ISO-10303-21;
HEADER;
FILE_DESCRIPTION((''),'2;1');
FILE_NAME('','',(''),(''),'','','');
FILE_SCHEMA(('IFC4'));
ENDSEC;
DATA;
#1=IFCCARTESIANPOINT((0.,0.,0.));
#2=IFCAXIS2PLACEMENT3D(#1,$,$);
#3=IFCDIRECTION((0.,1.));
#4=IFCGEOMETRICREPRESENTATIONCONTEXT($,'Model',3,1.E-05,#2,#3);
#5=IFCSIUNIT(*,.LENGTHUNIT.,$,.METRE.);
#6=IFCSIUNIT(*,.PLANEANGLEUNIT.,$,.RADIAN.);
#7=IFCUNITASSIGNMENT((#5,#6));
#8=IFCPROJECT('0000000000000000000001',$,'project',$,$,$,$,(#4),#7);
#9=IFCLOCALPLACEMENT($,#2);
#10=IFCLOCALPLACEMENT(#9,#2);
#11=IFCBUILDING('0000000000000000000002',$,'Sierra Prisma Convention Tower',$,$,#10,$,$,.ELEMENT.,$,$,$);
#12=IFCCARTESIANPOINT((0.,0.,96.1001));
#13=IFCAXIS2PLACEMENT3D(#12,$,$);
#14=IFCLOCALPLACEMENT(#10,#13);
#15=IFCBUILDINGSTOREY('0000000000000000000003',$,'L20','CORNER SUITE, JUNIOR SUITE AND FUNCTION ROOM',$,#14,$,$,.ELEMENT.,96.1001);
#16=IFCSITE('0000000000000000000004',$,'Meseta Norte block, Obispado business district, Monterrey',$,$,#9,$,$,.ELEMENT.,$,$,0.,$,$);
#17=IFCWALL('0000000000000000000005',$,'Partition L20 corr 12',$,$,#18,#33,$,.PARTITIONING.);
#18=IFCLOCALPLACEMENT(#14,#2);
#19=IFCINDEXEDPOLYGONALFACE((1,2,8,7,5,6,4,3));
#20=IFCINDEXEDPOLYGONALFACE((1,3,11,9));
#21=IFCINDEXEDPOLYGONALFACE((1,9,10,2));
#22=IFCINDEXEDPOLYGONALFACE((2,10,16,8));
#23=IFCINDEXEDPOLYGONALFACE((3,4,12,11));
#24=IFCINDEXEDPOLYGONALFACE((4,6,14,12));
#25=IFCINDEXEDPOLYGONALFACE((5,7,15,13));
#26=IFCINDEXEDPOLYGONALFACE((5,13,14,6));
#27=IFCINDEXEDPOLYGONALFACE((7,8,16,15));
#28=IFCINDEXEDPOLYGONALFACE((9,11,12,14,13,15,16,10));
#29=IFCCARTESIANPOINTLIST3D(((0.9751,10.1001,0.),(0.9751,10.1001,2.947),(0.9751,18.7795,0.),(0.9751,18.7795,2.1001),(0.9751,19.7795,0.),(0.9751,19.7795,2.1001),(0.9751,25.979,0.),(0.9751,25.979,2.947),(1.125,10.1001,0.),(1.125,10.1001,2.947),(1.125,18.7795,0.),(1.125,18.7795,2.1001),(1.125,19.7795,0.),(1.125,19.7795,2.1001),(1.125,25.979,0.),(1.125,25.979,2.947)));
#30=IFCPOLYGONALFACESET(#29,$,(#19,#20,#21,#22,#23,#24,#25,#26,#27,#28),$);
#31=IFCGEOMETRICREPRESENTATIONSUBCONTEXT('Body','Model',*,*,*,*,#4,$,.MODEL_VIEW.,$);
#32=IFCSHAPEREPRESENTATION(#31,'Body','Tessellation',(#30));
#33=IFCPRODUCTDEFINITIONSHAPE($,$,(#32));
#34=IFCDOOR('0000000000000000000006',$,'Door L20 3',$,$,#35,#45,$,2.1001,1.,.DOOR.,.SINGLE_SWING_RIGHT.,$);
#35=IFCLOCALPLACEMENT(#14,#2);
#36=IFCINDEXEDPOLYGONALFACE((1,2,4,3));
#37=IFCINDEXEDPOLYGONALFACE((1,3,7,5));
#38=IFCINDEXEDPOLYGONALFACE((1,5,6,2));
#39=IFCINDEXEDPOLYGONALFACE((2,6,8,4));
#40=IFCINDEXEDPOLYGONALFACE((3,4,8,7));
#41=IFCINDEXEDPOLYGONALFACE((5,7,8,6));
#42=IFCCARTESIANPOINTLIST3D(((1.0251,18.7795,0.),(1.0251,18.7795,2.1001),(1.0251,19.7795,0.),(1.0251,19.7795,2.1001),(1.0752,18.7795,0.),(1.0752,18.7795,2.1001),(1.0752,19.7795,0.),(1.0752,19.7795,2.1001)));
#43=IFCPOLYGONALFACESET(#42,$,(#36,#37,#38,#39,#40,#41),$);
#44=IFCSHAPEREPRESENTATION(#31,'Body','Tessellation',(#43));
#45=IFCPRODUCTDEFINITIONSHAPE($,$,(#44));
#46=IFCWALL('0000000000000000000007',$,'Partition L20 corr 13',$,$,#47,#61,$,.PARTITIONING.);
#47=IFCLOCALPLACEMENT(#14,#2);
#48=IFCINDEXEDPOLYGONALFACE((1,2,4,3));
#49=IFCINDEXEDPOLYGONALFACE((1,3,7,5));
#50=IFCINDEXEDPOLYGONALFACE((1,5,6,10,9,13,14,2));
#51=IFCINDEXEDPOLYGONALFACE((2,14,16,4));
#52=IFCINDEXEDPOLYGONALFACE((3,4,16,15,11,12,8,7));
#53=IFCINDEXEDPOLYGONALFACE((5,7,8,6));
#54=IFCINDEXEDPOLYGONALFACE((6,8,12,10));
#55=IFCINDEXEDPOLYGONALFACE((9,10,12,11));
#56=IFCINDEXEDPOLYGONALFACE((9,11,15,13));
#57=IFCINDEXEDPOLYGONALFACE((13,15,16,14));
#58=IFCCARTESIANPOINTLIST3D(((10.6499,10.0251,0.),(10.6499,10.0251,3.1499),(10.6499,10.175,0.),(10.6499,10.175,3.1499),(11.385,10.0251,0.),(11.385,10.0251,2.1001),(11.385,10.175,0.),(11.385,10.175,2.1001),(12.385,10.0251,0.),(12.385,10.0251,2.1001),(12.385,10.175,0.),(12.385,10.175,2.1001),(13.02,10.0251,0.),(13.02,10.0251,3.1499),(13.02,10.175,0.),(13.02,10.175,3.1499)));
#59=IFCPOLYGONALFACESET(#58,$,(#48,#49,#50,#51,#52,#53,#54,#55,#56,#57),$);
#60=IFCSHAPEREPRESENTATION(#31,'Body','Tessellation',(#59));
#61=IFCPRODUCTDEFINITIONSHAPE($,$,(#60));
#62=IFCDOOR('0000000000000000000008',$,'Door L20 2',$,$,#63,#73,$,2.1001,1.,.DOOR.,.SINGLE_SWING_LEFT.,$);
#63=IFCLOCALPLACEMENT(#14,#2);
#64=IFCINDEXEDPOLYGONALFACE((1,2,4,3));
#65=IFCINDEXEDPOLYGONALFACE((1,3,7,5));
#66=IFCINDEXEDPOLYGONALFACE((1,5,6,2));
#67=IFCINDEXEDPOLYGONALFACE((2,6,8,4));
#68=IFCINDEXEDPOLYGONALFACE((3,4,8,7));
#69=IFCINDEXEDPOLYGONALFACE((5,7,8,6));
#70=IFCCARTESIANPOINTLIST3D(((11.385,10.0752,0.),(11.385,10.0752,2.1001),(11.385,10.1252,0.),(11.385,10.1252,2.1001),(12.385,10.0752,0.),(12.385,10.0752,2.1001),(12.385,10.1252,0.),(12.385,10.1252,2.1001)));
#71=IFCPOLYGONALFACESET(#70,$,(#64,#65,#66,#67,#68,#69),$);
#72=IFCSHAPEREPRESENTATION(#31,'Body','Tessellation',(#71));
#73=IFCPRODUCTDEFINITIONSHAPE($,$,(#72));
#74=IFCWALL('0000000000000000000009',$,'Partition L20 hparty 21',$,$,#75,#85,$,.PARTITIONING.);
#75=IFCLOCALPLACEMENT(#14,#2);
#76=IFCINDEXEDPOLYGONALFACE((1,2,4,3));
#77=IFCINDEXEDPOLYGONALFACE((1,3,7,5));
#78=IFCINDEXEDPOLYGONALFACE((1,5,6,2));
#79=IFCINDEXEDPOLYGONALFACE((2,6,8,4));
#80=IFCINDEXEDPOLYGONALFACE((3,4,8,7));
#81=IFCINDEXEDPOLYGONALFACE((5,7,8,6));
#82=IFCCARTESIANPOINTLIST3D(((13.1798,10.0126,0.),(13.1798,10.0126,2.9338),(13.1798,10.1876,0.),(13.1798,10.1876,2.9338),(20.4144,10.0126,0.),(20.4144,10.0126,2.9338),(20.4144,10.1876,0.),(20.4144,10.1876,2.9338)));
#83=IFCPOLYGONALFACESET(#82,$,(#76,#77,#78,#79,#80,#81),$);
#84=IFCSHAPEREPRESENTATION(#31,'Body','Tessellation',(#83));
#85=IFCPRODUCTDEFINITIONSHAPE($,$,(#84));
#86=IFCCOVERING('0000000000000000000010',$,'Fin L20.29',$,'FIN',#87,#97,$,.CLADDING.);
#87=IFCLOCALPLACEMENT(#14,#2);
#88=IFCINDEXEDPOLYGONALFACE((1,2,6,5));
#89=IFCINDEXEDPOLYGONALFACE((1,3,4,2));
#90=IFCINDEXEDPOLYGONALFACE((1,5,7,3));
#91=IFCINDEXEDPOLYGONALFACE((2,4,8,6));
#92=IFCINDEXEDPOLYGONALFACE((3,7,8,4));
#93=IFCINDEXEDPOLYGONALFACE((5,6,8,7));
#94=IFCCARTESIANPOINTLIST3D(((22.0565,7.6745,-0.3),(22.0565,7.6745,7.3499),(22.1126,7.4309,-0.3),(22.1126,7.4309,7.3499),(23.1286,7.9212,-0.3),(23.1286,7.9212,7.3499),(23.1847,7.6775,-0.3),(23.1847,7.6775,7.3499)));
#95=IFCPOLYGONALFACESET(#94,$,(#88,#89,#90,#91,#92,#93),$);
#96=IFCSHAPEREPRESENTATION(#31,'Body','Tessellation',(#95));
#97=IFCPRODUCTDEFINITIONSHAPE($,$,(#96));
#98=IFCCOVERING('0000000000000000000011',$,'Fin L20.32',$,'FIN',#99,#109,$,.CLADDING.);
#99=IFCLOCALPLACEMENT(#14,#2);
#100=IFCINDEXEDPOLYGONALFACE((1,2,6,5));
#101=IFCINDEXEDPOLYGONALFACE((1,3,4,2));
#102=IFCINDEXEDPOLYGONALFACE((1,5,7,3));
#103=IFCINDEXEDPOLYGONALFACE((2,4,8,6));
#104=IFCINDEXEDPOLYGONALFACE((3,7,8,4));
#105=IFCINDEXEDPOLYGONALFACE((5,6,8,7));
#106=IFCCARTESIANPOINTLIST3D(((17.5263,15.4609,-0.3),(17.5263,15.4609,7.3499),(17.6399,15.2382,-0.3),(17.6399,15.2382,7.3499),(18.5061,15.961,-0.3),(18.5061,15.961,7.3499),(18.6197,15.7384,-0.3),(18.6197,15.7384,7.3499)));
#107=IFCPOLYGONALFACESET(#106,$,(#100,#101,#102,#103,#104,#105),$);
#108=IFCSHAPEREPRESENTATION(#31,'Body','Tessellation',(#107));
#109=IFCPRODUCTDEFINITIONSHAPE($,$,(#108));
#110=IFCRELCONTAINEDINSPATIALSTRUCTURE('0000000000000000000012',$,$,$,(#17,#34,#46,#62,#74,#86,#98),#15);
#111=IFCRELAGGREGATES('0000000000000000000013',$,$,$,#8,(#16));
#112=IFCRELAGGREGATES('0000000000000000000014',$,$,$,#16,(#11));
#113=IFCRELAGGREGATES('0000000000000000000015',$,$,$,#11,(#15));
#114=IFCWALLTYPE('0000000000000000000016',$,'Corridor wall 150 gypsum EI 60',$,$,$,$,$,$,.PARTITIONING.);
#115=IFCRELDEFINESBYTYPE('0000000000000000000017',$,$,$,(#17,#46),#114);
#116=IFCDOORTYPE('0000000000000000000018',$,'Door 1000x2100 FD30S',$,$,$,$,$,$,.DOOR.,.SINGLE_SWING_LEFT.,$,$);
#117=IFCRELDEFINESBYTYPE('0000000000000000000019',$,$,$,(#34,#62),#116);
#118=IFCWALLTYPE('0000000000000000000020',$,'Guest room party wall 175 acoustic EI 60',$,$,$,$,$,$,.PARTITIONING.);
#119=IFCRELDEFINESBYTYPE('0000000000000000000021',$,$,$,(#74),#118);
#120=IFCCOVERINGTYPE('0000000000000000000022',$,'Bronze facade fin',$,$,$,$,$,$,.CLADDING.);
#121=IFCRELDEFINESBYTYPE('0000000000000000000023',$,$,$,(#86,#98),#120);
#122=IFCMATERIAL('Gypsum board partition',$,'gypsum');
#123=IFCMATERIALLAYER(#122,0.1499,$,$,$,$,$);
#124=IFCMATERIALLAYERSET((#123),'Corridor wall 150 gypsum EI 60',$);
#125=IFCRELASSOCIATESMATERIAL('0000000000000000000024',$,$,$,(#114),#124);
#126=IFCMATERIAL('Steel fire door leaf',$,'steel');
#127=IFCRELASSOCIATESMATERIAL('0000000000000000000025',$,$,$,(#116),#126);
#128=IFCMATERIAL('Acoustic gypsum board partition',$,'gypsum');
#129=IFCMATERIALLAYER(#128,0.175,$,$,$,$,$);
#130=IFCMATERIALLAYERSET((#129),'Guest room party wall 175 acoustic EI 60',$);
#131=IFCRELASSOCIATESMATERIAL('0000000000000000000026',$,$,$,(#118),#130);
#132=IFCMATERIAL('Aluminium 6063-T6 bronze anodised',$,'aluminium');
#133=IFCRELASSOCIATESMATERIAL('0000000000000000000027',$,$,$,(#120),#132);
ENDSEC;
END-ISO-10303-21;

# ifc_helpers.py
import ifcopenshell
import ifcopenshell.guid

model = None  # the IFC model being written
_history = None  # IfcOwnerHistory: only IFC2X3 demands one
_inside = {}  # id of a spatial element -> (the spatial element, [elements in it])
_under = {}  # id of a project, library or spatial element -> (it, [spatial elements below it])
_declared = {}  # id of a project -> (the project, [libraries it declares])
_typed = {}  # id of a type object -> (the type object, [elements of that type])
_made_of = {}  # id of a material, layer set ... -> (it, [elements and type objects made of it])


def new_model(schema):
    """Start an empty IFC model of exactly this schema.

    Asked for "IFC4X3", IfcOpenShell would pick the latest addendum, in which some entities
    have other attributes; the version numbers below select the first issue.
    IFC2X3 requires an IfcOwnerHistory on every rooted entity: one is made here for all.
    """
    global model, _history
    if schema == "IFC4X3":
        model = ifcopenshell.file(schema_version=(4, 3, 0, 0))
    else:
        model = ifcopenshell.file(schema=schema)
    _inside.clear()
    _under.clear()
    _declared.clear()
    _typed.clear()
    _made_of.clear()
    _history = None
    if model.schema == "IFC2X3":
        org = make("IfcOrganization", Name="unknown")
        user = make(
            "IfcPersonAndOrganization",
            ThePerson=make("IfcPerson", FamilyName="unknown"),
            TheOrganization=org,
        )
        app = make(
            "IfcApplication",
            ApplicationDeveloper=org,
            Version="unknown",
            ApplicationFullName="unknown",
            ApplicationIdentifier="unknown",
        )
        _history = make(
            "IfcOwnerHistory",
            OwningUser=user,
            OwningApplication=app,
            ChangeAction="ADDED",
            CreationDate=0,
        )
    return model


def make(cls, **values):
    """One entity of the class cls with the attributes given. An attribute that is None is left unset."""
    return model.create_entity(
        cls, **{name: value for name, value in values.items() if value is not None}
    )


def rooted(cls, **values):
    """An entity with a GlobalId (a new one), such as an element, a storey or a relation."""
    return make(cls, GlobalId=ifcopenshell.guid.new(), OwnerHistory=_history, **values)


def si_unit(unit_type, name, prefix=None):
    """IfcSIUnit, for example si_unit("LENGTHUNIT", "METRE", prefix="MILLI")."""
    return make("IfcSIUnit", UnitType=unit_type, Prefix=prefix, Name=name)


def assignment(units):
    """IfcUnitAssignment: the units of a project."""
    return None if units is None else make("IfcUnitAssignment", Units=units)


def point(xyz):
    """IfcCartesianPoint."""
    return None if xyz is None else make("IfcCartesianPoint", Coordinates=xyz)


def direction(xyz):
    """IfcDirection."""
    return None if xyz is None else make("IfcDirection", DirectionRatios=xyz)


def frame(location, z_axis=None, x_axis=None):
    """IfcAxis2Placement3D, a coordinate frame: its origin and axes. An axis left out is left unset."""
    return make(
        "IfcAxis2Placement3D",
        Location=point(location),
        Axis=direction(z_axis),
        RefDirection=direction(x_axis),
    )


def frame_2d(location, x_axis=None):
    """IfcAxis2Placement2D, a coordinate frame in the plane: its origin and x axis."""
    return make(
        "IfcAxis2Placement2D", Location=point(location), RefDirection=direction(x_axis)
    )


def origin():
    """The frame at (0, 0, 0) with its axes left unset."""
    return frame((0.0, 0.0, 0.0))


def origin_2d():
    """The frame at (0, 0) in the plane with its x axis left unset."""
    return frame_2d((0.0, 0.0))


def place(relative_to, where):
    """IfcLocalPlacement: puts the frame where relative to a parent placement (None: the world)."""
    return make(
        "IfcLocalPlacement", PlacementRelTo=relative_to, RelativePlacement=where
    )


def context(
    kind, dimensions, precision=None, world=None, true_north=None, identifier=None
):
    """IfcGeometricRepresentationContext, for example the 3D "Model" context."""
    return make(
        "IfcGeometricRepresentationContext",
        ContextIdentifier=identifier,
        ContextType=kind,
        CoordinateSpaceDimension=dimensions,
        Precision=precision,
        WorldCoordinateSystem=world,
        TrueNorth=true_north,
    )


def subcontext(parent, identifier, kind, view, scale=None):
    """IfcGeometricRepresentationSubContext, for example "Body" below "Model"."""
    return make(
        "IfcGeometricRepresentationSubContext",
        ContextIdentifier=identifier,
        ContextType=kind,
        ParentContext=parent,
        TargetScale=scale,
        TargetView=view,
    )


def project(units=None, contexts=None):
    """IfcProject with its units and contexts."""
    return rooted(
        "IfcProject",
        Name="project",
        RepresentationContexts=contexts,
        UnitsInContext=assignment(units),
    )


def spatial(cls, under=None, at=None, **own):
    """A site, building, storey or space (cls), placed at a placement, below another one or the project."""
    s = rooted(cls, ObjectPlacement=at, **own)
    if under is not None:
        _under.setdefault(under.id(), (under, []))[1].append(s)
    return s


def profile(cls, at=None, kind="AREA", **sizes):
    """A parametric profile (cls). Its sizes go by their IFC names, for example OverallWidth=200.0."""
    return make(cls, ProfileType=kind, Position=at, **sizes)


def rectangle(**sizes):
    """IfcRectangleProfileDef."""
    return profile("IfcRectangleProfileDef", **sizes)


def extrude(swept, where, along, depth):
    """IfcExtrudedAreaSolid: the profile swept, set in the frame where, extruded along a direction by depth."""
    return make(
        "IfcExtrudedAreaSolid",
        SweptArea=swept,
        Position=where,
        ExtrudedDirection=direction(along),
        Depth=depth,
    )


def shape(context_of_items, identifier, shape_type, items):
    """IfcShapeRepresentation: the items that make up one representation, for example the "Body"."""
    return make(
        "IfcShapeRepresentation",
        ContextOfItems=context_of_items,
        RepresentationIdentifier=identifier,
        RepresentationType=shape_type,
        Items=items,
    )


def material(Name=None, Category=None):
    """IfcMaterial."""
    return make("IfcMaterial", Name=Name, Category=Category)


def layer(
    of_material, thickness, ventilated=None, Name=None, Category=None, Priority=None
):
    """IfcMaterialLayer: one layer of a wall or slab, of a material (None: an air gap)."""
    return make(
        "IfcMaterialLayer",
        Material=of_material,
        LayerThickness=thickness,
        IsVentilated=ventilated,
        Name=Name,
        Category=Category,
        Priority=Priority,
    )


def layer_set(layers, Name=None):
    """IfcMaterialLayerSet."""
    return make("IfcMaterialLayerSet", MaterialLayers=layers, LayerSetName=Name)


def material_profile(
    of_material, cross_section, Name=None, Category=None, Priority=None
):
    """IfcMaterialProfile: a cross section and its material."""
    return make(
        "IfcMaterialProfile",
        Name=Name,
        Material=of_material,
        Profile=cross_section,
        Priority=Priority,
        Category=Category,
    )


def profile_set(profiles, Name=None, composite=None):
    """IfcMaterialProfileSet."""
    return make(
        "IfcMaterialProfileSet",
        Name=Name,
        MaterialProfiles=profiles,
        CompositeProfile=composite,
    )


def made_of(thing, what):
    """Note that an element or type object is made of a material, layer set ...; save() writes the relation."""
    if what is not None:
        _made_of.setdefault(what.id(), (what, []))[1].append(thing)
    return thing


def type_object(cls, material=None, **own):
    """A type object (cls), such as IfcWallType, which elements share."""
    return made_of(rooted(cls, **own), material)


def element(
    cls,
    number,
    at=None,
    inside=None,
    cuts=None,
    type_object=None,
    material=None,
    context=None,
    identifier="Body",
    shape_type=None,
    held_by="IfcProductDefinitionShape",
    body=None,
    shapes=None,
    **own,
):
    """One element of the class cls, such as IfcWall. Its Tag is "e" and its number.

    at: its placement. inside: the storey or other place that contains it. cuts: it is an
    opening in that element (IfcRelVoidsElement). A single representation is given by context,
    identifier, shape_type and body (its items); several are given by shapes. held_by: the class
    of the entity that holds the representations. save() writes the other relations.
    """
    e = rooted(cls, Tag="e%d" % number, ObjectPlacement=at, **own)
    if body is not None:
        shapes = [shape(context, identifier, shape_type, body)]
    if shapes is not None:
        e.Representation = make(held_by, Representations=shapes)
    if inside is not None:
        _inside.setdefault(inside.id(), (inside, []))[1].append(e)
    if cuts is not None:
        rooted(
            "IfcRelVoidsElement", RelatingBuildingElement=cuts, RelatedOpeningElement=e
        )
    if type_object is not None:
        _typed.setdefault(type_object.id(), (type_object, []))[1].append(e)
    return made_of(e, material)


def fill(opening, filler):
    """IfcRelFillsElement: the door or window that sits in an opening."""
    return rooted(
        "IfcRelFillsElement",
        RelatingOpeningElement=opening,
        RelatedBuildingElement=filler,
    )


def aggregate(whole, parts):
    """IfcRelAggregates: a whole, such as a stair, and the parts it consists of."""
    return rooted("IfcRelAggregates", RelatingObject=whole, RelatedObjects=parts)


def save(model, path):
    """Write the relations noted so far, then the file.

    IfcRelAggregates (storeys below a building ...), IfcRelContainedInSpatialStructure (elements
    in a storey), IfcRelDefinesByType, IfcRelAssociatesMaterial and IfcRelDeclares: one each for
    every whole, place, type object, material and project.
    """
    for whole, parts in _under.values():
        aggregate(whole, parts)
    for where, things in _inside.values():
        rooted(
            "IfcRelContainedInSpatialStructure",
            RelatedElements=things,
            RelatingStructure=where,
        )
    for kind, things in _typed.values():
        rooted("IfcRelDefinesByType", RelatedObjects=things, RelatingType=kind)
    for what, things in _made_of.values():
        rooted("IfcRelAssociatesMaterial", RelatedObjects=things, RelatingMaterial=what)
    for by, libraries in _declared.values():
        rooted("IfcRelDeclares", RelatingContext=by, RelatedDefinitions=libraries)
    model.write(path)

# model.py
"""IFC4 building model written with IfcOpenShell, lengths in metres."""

from ifc_helpers import new_model, si_unit, direction, frame, frame_2d, origin, origin_2d, place, context, subcontext, project, spatial, rectangle, extrude, material, layer, layer_set, material_profile, profile_set, type_object, element, fill, save


model = new_model("IFC4")

# Units and contexts
model_context = context("Model", 3, precision=1e-05, world=origin(), true_north=direction((0.0, 1.0)))
body_context = subcontext(model_context, "Body", "Model", "MODEL_VIEW")
ifc_project = project(units=[si_unit("LENGTHUNIT", "METRE"), si_unit("PLANEANGLEUNIT", "RADIAN")], contexts=[model_context])

# Site, building, storey
site_placement = place(None, origin())
site = spatial("IfcSite", under=ifc_project, at=site_placement, Name="Meseta Norte block, Obispado business district, Monterrey", CompositionType="ELEMENT", RefElevation=0.0)
building_placement = place(site_placement, origin())
building = spatial("IfcBuilding", under=site, at=building_placement, Name="Sierra Prisma Convention Tower", CompositionType="ELEMENT")
storey_placement = place(building_placement, frame((0.0, 0.0, 96.1001)))
storey = spatial("IfcBuildingStorey", under=building, at=storey_placement, Name="L20", Description="CORNER SUITE, JUNIOR SUITE AND FUNCTION ROOM", CompositionType="ELEMENT", Elevation=96.1001)

# Shared definitions
ifc_material_1 = material(Name="Gypsum board partition", Category="gypsum")
ifc_layer_1 = layer(ifc_material_1, 0.1499)
ifc_layer_set_1 = layer_set([ifc_layer_1], Name="Corridor wall 150 gypsum EI 60")
wall_type_1 = type_object("IfcWallType", Name="Corridor wall 150 gypsum EI 60", PredefinedType="PARTITIONING", material=ifc_layer_set_1)

# Walls, openings, doors
wall_1_placement = place(storey_placement, frame((1.05, 10.1001, 0.0), z_axis=(0.0, 0.0, 1.0), x_axis=(0.0, 1.0, 0.0)))
wall_1 = element("IfcWall", 1, at=wall_1_placement, inside=storey, type_object=wall_type_1, Name="Partition L20 corr 12", PredefinedType="PARTITIONING", context=body_context, shape_type="SweptSolid", body=[
    extrude(rectangle(XDim=15.8789, YDim=0.1499, at=frame_2d((7.9395, 0.0))), origin(), (0.0, 0.0, 1.0), 2.947),
])
opening_1_placement = place(wall_1_placement, frame((8.6794, 0.0, 0.0)))
opening_1 = element("IfcOpeningElement", 2, at=opening_1_placement, cuts=wall_1, PredefinedType="OPENING", context=body_context, shape_type="SweptSolid", body=[
    extrude(rectangle(XDim=1.0, YDim=2.1001, at=frame_2d((0.5, 1.05))), frame((0.0, 0.075, 0.0), z_axis=(0.0, -1.0, 0.0), x_axis=(1.0, 0.0, 0.0)), (0.0, 0.0, 1.0), 0.1499),
])
ifc_material_2 = material(Name="Steel fire door leaf", Category="steel")
door_type_1 = type_object("IfcDoorType", Name="Door 1000x2100 FD30S", OperationType="SINGLE_SWING_LEFT", PredefinedType="DOOR", material=ifc_material_2)
door_1_placement = place(opening_1_placement, origin())
door_1 = element("IfcDoor", 3, at=door_1_placement, inside=storey, type_object=door_type_1, Name="Door L20 3", OperationType="SINGLE_SWING_RIGHT", OverallHeight=2.1001, OverallWidth=1.0, PredefinedType="DOOR", context=body_context, shape_type="SweptSolid", body=[
    extrude(rectangle(XDim=1.0, YDim=2.1001, at=frame_2d((0.5, 1.05))), frame((0.0, 0.0249, 0.0), z_axis=(0.0, -1.0, 0.0), x_axis=(1.0, 0.0, 0.0)), (0.0, 0.0, 1.0), 0.05),
])
fill(opening_1, door_1)
wall_2_placement = place(storey_placement, frame((13.02, 10.1001, 0.0), z_axis=(0.0, 0.0, 1.0), x_axis=(-1.0, 0.0, 0.0)))
wall_2 = element("IfcWall", 4, at=wall_2_placement, inside=storey, type_object=wall_type_1, Name="Partition L20 corr 13", PredefinedType="PARTITIONING", context=body_context, shape_type="SweptSolid", body=[
    extrude(rectangle(XDim=2.3701, YDim=0.1499, at=frame_2d((1.1851, 0.0))), origin(), (0.0, 0.0, 1.0), 3.1499),
])
opening_2_placement = place(wall_2_placement, frame((0.635, 0.0, 0.0)))
opening_2 = element("IfcOpeningElement", 5, at=opening_2_placement, cuts=wall_2, PredefinedType="OPENING", context=body_context, shape_type="SweptSolid", body=[
    extrude(rectangle(XDim=1.0, YDim=2.1001, at=frame_2d((0.5, 1.05))), frame((0.0, 0.075, 0.0), z_axis=(0.0, -1.0, 0.0), x_axis=(1.0, 0.0, 0.0)), (0.0, 0.0, 1.0), 0.1499),
])
door_2_placement = place(opening_2_placement, origin())
door_2 = element("IfcDoor", 6, at=door_2_placement, inside=storey, type_object=door_type_1, Name="Door L20 2", OperationType="SINGLE_SWING_LEFT", OverallHeight=2.1001, OverallWidth=1.0, PredefinedType="DOOR", context=body_context, shape_type="SweptSolid", body=[
    extrude(rectangle(XDim=1.0, YDim=2.1001, at=frame_2d((0.5, 1.05))), frame((0.0, 0.0249, 0.0), z_axis=(0.0, -1.0, 0.0), x_axis=(1.0, 0.0, 0.0)), (0.0, 0.0, 1.0), 0.05),
])
fill(opening_2, door_2)

# Wall
ifc_material_3 = material(Name="Acoustic gypsum board partition", Category="gypsum")
ifc_layer_2 = layer(ifc_material_3, 0.175)
ifc_layer_set_2 = layer_set([ifc_layer_2], Name="Guest room party wall 175 acoustic EI 60")
wall_type_2 = type_object("IfcWallType", Name="Guest room party wall 175 acoustic EI 60", PredefinedType="PARTITIONING", material=ifc_layer_set_2)
wall_3_placement = place(storey_placement, frame((13.1799, 10.1001, 0.0), z_axis=(0.0, 0.0, 1.0), x_axis=(1.0, 0.0, 0.0)))
element("IfcWall", 7, at=wall_3_placement, inside=storey, type_object=wall_type_2, Name="Partition L20 hparty 21", PredefinedType="PARTITIONING", context=body_context, shape_type="SweptSolid", body=[
    extrude(rectangle(XDim=7.2346, YDim=0.175, at=frame_2d((3.6172, 0.0))), origin(), (0.0, 0.0, 1.0), 2.9338),
])

# Coverings
ifc_material_4 = material(Name="Aluminium 6063-T6 bronze anodised", Category="aluminium")
ifc_material_profile_1 = material_profile(ifc_material_4, rectangle(XDim=1.1001, YDim=0.25, at=origin_2d()), Name="ALU FIN 1100x250")
ifc_profile_set_1 = profile_set([ifc_material_profile_1], Name="Aluminium 6063-T6 bronze anodised")
covering_type = type_object("IfcCoveringType", Name="Bronze facade fin", PredefinedType="CLADDING", material=ifc_profile_set_1)
for number, where, z_axis, x_axis, name in (
    (8, (22.6206, 7.676, -0.3), (0.0, 0.0, 1.0), (0.974535, 0.224236, 0.0), "Fin L20.29"),
    (9, (18.073, 15.5996, -0.3), (0.0, 0.0, 1.0), (0.890673, 0.454645, 0.0), "Fin L20.32"),
):
    element("IfcCovering", number, at=place(storey_placement, frame(where, z_axis=z_axis, x_axis=x_axis)), inside=storey, type_object=covering_type, Name=name, ObjectType="FIN", PredefinedType="CLADDING", context=body_context, shape_type="SweptSolid", body=[
        extrude(rectangle(XDim=1.1001, YDim=0.25, at=origin_2d()), origin(), (0.0, 0.0, 1.0), 7.6499),
    ])

save(model, "model.ifc")
